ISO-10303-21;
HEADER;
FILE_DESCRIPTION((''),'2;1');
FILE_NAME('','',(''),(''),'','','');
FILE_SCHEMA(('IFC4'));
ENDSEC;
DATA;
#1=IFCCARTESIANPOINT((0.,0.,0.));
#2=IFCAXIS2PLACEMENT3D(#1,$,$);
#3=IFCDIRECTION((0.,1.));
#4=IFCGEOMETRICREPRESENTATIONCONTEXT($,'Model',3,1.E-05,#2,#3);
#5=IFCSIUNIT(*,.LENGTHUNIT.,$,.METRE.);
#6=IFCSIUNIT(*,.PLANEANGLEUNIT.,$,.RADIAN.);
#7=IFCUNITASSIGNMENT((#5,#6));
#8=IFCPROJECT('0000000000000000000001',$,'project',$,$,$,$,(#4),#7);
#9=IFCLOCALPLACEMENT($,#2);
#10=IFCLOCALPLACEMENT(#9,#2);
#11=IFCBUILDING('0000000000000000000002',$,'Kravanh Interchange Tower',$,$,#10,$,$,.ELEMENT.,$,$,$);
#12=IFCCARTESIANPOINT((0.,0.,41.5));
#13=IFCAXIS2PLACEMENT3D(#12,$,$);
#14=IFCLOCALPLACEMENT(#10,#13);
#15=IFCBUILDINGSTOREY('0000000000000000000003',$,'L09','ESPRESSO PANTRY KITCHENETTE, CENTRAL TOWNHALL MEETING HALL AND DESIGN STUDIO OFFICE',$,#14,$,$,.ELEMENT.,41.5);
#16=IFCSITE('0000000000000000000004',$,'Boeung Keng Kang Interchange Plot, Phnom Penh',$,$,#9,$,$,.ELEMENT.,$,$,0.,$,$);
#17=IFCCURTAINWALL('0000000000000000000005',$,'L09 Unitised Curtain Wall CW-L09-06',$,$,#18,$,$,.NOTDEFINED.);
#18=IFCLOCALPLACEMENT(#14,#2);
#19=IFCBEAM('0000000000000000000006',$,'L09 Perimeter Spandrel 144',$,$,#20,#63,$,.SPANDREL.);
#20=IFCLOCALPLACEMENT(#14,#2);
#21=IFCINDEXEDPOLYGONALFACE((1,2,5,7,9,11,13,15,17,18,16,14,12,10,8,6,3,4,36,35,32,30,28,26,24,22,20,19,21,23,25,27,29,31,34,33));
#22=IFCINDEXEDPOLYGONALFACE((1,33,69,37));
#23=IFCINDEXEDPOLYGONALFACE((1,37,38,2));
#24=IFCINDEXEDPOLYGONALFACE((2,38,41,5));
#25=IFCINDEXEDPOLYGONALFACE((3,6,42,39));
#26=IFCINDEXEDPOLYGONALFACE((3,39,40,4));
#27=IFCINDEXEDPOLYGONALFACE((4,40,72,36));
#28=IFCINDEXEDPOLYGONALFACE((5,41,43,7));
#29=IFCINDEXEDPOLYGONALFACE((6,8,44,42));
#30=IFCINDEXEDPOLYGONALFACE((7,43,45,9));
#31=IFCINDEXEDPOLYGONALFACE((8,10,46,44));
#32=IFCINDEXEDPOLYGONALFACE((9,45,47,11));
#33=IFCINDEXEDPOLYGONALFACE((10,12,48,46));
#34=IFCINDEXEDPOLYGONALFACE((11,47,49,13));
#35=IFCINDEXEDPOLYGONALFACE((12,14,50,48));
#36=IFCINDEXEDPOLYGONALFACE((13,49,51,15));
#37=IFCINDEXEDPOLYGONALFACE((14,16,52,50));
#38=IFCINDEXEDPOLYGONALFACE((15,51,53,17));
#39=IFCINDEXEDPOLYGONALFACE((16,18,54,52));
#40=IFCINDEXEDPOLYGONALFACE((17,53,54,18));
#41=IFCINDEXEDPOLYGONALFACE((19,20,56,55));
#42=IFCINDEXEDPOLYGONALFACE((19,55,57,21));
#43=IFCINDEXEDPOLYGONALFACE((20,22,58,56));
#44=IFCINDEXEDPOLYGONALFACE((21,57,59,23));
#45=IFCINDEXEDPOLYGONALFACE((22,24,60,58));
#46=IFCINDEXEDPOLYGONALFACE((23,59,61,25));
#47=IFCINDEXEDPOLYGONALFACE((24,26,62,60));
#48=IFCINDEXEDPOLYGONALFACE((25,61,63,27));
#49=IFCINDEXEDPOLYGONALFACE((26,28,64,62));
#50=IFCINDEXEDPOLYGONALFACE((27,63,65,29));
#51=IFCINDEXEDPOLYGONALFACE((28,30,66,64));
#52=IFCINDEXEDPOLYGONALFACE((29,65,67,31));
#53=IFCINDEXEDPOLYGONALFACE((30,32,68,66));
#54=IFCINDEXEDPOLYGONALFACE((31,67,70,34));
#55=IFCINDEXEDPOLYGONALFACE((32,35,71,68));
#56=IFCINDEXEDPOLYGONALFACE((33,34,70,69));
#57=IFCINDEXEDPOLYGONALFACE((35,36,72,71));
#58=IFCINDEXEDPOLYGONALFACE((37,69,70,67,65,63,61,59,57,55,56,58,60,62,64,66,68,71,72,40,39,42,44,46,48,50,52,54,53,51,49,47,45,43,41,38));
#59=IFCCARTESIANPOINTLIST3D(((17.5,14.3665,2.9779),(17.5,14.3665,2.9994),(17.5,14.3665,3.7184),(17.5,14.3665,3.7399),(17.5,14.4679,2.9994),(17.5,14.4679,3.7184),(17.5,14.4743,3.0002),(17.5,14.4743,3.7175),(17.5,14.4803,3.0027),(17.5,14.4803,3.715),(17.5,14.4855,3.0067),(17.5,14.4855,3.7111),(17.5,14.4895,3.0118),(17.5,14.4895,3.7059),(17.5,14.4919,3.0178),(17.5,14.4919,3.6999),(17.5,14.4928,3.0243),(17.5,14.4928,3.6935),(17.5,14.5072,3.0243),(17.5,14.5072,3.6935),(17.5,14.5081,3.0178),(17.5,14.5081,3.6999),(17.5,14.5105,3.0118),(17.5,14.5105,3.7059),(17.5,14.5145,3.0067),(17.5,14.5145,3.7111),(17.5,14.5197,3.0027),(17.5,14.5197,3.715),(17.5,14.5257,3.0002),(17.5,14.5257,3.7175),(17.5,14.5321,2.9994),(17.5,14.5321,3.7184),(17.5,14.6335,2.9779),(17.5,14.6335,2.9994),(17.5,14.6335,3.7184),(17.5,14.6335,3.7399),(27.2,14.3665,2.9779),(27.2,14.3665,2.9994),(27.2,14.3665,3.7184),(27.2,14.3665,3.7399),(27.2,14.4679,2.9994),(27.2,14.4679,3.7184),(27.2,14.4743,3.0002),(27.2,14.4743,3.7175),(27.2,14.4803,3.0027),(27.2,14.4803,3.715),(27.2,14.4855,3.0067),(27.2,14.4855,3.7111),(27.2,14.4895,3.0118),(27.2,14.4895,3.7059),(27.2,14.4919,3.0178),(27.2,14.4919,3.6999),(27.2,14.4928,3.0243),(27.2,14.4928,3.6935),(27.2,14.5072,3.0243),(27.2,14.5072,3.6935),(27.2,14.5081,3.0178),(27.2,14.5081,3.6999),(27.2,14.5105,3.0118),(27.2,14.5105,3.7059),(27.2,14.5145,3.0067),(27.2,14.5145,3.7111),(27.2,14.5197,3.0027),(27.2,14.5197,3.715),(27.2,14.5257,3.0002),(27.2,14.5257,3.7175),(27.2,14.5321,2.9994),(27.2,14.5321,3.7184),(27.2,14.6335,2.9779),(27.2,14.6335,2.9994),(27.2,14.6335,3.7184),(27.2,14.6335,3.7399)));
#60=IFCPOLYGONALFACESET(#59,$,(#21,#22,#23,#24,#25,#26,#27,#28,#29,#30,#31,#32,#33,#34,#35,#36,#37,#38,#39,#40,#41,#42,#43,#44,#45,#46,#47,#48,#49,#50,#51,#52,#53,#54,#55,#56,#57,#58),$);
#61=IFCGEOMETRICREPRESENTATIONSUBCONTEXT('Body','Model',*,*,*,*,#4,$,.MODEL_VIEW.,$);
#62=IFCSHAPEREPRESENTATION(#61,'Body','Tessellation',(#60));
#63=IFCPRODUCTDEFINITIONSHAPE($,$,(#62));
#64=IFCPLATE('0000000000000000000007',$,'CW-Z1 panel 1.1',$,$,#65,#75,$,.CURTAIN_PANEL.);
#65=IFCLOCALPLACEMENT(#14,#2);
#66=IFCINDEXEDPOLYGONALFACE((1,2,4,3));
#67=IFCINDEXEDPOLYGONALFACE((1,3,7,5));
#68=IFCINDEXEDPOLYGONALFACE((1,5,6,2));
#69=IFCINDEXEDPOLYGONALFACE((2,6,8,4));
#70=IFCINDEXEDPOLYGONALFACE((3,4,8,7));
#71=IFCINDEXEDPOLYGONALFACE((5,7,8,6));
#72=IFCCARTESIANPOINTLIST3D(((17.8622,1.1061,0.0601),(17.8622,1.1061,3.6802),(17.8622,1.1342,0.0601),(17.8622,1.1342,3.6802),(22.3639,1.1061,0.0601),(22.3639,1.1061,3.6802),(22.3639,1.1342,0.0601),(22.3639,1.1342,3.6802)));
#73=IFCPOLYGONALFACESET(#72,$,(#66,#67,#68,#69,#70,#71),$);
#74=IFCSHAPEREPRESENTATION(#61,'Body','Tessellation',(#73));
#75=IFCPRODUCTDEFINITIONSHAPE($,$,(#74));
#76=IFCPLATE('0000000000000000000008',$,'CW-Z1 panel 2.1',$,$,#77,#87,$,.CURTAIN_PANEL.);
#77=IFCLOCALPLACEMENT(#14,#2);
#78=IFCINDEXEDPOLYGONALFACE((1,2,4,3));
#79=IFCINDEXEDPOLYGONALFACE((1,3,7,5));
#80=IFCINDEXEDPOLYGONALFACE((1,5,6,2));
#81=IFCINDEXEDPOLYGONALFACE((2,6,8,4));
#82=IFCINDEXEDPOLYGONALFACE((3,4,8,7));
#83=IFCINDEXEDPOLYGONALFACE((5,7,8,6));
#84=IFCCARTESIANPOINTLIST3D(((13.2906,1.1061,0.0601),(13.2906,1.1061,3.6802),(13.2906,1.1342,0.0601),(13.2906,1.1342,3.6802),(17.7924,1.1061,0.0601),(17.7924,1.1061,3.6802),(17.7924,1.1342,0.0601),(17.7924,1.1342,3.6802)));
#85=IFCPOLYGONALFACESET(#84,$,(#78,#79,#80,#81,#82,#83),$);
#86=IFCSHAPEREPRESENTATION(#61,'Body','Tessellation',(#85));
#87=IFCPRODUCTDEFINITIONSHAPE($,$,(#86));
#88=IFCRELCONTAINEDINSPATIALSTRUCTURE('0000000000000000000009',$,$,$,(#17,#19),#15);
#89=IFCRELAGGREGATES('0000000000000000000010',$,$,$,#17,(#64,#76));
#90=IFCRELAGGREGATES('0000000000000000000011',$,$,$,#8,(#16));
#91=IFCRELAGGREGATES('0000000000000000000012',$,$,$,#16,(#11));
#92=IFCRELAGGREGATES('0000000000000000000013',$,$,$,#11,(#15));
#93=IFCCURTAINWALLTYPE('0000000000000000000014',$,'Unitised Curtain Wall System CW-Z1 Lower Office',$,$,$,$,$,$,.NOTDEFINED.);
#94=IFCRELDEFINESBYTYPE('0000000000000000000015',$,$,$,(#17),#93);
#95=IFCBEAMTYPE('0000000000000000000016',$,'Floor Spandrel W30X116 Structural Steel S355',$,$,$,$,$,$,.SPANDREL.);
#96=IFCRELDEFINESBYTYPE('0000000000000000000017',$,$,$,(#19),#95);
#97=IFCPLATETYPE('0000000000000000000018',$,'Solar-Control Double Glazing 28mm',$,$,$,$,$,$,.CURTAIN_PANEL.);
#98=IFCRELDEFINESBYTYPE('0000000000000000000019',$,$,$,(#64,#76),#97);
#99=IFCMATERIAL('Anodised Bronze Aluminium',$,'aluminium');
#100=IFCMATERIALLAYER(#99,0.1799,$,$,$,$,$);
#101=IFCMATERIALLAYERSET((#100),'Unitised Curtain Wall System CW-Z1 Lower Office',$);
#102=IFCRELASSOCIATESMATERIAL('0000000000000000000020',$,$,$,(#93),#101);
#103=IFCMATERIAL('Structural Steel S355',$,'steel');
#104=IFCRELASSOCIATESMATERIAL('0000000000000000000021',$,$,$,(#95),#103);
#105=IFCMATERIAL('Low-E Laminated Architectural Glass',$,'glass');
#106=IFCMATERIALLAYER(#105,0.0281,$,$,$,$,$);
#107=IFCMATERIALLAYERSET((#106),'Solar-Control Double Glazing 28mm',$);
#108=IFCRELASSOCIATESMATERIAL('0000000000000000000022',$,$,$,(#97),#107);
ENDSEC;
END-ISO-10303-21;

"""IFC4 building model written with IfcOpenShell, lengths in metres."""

from ifc_helpers import new_model, si_unit, direction, frame, origin, origin_2d, place, context, subcontext, project, spatial, rectangle, i_section, extrude, material, layer, layer_set, material_profile, profile_set, type_object, element, aggregate, save


model = new_model("IFC4")

# Units and contexts
model_context = context("Model", 3, precision=1e-05, world=origin(), true_north=direction((0.0, 1.0)))
body_context = subcontext(model_context, "Body", "Model", "MODEL_VIEW")
ifc_project = project(units=[si_unit("LENGTHUNIT", "METRE"), si_unit("PLANEANGLEUNIT", "RADIAN")], contexts=[model_context])

# Site, building, storey
site_placement = place(None, origin())
site = spatial("IfcSite", under=ifc_project, at=site_placement, Name="Boeung Keng Kang Interchange Plot, Phnom Penh", CompositionType="ELEMENT", RefElevation=0.0)
building_placement = place(site_placement, origin())
building = spatial("IfcBuilding", under=site, at=building_placement, Name="Kravanh Interchange Tower", CompositionType="ELEMENT")
storey_placement = place(building_placement, frame((0.0, 0.0, 41.5)))
storey = spatial("IfcBuildingStorey", under=building, at=storey_placement, Name="L09", Description="ESPRESSO PANTRY KITCHENETTE, CENTRAL TOWNHALL MEETING HALL AND DESIGN STUDIO OFFICE", CompositionType="ELEMENT", Elevation=41.5)

# Curtain wall
ifc_material_1 = material(Name="Anodised Bronze Aluminium", Category="aluminium")
ifc_layer_1 = layer(ifc_material_1, 0.1799)
ifc_layer_set_1 = layer_set([ifc_layer_1], Name="Unitised Curtain Wall System CW-Z1 Lower Office")
curtain_wall_type = type_object("IfcCurtainWallType", Name="Unitised Curtain Wall System CW-Z1 Lower Office", PredefinedType="NOTDEFINED", material=ifc_layer_set_1)
curtain_wall_placement = place(storey_placement, origin())
curtain_wall = element("IfcCurtainWall", 1, at=curtain_wall_placement, inside=storey, type_object=curtain_wall_type, Name="L09 Unitised Curtain Wall CW-L09-06", PredefinedType="NOTDEFINED")

# Beam
ifc_material_2 = material(Name="Structural Steel S355", Category="steel")
ifc_material_profile_1 = material_profile(ifc_material_2, i_section(OverallWidth=0.2671, OverallDepth=0.762, WebThickness=0.0144, FlangeThickness=0.0215, FilletRadius=0.0249, at=origin_2d()), Name="W30X116")
ifc_profile_set_1 = profile_set([ifc_material_profile_1], Name="Structural Steel S355")
beam_type_1 = type_object("IfcBeamType", Name="Floor Spandrel W30X116 Structural Steel S355", PredefinedType="SPANDREL", material=ifc_profile_set_1)
beam_1_placement = place(storey_placement, frame((17.5, 14.5, 3.3589), z_axis=(1.0, 0.0, 0.0), x_axis=(0.0, 1.0, 0.0)))
element("IfcBeam", 2, at=beam_1_placement, inside=storey, type_object=beam_type_1, Name="L09 Perimeter Spandrel 144", PredefinedType="SPANDREL", context=body_context, shape_type="SweptSolid", body=[
    extrude(i_section(OverallWidth=0.2671, OverallDepth=0.762, WebThickness=0.0144, FlangeThickness=0.0215, FilletRadius=0.0249, at=origin_2d()), origin(), (0.0, 0.0, 1.0), 9.7),
])

# Plates
ifc_material_3 = material(Name="Low-E Laminated Architectural Glass", Category="glass")
ifc_layer_2 = layer(ifc_material_3, 0.0281)
ifc_layer_set_2 = layer_set([ifc_layer_2], Name="Solar-Control Double Glazing 28mm")
plate_type = type_object("IfcPlateType", Name="Solar-Control Double Glazing 28mm", PredefinedType="CURTAIN_PANEL", material=ifc_layer_set_2)
plate_1_placement = place(storey_placement, frame((20.113, 1.1201, 0.0601), z_axis=(0.0, 0.0, 1.0), x_axis=(-1.0, 0.0, 0.0)))
plate_1 = element("IfcPlate", 3, at=plate_1_placement, type_object=plate_type, Name="CW-Z1 panel 1.1", PredefinedType="CURTAIN_PANEL", context=body_context, shape_type="SweptSolid", body=[
    extrude(rectangle(XDim=4.5017, YDim=0.0281, at=origin_2d()), origin(), (0.0, 0.0, 1.0), 3.6201),
])
plate_2_placement = place(storey_placement, frame((15.5415, 1.1201, 0.0601), z_axis=(0.0, 0.0, 1.0), x_axis=(-1.0, 0.0, 0.0)))
plate_2 = element("IfcPlate", 4, at=plate_2_placement, type_object=plate_type, Name="CW-Z1 panel 2.1", PredefinedType="CURTAIN_PANEL", context=body_context, shape_type="SweptSolid", body=[
    extrude(rectangle(XDim=4.5017, YDim=0.0281, at=origin_2d()), origin(), (0.0, 0.0, 1.0), 3.6201),
])
aggregate(curtain_wall, [plate_1, plate_2])

save(model, "model.ifc")
